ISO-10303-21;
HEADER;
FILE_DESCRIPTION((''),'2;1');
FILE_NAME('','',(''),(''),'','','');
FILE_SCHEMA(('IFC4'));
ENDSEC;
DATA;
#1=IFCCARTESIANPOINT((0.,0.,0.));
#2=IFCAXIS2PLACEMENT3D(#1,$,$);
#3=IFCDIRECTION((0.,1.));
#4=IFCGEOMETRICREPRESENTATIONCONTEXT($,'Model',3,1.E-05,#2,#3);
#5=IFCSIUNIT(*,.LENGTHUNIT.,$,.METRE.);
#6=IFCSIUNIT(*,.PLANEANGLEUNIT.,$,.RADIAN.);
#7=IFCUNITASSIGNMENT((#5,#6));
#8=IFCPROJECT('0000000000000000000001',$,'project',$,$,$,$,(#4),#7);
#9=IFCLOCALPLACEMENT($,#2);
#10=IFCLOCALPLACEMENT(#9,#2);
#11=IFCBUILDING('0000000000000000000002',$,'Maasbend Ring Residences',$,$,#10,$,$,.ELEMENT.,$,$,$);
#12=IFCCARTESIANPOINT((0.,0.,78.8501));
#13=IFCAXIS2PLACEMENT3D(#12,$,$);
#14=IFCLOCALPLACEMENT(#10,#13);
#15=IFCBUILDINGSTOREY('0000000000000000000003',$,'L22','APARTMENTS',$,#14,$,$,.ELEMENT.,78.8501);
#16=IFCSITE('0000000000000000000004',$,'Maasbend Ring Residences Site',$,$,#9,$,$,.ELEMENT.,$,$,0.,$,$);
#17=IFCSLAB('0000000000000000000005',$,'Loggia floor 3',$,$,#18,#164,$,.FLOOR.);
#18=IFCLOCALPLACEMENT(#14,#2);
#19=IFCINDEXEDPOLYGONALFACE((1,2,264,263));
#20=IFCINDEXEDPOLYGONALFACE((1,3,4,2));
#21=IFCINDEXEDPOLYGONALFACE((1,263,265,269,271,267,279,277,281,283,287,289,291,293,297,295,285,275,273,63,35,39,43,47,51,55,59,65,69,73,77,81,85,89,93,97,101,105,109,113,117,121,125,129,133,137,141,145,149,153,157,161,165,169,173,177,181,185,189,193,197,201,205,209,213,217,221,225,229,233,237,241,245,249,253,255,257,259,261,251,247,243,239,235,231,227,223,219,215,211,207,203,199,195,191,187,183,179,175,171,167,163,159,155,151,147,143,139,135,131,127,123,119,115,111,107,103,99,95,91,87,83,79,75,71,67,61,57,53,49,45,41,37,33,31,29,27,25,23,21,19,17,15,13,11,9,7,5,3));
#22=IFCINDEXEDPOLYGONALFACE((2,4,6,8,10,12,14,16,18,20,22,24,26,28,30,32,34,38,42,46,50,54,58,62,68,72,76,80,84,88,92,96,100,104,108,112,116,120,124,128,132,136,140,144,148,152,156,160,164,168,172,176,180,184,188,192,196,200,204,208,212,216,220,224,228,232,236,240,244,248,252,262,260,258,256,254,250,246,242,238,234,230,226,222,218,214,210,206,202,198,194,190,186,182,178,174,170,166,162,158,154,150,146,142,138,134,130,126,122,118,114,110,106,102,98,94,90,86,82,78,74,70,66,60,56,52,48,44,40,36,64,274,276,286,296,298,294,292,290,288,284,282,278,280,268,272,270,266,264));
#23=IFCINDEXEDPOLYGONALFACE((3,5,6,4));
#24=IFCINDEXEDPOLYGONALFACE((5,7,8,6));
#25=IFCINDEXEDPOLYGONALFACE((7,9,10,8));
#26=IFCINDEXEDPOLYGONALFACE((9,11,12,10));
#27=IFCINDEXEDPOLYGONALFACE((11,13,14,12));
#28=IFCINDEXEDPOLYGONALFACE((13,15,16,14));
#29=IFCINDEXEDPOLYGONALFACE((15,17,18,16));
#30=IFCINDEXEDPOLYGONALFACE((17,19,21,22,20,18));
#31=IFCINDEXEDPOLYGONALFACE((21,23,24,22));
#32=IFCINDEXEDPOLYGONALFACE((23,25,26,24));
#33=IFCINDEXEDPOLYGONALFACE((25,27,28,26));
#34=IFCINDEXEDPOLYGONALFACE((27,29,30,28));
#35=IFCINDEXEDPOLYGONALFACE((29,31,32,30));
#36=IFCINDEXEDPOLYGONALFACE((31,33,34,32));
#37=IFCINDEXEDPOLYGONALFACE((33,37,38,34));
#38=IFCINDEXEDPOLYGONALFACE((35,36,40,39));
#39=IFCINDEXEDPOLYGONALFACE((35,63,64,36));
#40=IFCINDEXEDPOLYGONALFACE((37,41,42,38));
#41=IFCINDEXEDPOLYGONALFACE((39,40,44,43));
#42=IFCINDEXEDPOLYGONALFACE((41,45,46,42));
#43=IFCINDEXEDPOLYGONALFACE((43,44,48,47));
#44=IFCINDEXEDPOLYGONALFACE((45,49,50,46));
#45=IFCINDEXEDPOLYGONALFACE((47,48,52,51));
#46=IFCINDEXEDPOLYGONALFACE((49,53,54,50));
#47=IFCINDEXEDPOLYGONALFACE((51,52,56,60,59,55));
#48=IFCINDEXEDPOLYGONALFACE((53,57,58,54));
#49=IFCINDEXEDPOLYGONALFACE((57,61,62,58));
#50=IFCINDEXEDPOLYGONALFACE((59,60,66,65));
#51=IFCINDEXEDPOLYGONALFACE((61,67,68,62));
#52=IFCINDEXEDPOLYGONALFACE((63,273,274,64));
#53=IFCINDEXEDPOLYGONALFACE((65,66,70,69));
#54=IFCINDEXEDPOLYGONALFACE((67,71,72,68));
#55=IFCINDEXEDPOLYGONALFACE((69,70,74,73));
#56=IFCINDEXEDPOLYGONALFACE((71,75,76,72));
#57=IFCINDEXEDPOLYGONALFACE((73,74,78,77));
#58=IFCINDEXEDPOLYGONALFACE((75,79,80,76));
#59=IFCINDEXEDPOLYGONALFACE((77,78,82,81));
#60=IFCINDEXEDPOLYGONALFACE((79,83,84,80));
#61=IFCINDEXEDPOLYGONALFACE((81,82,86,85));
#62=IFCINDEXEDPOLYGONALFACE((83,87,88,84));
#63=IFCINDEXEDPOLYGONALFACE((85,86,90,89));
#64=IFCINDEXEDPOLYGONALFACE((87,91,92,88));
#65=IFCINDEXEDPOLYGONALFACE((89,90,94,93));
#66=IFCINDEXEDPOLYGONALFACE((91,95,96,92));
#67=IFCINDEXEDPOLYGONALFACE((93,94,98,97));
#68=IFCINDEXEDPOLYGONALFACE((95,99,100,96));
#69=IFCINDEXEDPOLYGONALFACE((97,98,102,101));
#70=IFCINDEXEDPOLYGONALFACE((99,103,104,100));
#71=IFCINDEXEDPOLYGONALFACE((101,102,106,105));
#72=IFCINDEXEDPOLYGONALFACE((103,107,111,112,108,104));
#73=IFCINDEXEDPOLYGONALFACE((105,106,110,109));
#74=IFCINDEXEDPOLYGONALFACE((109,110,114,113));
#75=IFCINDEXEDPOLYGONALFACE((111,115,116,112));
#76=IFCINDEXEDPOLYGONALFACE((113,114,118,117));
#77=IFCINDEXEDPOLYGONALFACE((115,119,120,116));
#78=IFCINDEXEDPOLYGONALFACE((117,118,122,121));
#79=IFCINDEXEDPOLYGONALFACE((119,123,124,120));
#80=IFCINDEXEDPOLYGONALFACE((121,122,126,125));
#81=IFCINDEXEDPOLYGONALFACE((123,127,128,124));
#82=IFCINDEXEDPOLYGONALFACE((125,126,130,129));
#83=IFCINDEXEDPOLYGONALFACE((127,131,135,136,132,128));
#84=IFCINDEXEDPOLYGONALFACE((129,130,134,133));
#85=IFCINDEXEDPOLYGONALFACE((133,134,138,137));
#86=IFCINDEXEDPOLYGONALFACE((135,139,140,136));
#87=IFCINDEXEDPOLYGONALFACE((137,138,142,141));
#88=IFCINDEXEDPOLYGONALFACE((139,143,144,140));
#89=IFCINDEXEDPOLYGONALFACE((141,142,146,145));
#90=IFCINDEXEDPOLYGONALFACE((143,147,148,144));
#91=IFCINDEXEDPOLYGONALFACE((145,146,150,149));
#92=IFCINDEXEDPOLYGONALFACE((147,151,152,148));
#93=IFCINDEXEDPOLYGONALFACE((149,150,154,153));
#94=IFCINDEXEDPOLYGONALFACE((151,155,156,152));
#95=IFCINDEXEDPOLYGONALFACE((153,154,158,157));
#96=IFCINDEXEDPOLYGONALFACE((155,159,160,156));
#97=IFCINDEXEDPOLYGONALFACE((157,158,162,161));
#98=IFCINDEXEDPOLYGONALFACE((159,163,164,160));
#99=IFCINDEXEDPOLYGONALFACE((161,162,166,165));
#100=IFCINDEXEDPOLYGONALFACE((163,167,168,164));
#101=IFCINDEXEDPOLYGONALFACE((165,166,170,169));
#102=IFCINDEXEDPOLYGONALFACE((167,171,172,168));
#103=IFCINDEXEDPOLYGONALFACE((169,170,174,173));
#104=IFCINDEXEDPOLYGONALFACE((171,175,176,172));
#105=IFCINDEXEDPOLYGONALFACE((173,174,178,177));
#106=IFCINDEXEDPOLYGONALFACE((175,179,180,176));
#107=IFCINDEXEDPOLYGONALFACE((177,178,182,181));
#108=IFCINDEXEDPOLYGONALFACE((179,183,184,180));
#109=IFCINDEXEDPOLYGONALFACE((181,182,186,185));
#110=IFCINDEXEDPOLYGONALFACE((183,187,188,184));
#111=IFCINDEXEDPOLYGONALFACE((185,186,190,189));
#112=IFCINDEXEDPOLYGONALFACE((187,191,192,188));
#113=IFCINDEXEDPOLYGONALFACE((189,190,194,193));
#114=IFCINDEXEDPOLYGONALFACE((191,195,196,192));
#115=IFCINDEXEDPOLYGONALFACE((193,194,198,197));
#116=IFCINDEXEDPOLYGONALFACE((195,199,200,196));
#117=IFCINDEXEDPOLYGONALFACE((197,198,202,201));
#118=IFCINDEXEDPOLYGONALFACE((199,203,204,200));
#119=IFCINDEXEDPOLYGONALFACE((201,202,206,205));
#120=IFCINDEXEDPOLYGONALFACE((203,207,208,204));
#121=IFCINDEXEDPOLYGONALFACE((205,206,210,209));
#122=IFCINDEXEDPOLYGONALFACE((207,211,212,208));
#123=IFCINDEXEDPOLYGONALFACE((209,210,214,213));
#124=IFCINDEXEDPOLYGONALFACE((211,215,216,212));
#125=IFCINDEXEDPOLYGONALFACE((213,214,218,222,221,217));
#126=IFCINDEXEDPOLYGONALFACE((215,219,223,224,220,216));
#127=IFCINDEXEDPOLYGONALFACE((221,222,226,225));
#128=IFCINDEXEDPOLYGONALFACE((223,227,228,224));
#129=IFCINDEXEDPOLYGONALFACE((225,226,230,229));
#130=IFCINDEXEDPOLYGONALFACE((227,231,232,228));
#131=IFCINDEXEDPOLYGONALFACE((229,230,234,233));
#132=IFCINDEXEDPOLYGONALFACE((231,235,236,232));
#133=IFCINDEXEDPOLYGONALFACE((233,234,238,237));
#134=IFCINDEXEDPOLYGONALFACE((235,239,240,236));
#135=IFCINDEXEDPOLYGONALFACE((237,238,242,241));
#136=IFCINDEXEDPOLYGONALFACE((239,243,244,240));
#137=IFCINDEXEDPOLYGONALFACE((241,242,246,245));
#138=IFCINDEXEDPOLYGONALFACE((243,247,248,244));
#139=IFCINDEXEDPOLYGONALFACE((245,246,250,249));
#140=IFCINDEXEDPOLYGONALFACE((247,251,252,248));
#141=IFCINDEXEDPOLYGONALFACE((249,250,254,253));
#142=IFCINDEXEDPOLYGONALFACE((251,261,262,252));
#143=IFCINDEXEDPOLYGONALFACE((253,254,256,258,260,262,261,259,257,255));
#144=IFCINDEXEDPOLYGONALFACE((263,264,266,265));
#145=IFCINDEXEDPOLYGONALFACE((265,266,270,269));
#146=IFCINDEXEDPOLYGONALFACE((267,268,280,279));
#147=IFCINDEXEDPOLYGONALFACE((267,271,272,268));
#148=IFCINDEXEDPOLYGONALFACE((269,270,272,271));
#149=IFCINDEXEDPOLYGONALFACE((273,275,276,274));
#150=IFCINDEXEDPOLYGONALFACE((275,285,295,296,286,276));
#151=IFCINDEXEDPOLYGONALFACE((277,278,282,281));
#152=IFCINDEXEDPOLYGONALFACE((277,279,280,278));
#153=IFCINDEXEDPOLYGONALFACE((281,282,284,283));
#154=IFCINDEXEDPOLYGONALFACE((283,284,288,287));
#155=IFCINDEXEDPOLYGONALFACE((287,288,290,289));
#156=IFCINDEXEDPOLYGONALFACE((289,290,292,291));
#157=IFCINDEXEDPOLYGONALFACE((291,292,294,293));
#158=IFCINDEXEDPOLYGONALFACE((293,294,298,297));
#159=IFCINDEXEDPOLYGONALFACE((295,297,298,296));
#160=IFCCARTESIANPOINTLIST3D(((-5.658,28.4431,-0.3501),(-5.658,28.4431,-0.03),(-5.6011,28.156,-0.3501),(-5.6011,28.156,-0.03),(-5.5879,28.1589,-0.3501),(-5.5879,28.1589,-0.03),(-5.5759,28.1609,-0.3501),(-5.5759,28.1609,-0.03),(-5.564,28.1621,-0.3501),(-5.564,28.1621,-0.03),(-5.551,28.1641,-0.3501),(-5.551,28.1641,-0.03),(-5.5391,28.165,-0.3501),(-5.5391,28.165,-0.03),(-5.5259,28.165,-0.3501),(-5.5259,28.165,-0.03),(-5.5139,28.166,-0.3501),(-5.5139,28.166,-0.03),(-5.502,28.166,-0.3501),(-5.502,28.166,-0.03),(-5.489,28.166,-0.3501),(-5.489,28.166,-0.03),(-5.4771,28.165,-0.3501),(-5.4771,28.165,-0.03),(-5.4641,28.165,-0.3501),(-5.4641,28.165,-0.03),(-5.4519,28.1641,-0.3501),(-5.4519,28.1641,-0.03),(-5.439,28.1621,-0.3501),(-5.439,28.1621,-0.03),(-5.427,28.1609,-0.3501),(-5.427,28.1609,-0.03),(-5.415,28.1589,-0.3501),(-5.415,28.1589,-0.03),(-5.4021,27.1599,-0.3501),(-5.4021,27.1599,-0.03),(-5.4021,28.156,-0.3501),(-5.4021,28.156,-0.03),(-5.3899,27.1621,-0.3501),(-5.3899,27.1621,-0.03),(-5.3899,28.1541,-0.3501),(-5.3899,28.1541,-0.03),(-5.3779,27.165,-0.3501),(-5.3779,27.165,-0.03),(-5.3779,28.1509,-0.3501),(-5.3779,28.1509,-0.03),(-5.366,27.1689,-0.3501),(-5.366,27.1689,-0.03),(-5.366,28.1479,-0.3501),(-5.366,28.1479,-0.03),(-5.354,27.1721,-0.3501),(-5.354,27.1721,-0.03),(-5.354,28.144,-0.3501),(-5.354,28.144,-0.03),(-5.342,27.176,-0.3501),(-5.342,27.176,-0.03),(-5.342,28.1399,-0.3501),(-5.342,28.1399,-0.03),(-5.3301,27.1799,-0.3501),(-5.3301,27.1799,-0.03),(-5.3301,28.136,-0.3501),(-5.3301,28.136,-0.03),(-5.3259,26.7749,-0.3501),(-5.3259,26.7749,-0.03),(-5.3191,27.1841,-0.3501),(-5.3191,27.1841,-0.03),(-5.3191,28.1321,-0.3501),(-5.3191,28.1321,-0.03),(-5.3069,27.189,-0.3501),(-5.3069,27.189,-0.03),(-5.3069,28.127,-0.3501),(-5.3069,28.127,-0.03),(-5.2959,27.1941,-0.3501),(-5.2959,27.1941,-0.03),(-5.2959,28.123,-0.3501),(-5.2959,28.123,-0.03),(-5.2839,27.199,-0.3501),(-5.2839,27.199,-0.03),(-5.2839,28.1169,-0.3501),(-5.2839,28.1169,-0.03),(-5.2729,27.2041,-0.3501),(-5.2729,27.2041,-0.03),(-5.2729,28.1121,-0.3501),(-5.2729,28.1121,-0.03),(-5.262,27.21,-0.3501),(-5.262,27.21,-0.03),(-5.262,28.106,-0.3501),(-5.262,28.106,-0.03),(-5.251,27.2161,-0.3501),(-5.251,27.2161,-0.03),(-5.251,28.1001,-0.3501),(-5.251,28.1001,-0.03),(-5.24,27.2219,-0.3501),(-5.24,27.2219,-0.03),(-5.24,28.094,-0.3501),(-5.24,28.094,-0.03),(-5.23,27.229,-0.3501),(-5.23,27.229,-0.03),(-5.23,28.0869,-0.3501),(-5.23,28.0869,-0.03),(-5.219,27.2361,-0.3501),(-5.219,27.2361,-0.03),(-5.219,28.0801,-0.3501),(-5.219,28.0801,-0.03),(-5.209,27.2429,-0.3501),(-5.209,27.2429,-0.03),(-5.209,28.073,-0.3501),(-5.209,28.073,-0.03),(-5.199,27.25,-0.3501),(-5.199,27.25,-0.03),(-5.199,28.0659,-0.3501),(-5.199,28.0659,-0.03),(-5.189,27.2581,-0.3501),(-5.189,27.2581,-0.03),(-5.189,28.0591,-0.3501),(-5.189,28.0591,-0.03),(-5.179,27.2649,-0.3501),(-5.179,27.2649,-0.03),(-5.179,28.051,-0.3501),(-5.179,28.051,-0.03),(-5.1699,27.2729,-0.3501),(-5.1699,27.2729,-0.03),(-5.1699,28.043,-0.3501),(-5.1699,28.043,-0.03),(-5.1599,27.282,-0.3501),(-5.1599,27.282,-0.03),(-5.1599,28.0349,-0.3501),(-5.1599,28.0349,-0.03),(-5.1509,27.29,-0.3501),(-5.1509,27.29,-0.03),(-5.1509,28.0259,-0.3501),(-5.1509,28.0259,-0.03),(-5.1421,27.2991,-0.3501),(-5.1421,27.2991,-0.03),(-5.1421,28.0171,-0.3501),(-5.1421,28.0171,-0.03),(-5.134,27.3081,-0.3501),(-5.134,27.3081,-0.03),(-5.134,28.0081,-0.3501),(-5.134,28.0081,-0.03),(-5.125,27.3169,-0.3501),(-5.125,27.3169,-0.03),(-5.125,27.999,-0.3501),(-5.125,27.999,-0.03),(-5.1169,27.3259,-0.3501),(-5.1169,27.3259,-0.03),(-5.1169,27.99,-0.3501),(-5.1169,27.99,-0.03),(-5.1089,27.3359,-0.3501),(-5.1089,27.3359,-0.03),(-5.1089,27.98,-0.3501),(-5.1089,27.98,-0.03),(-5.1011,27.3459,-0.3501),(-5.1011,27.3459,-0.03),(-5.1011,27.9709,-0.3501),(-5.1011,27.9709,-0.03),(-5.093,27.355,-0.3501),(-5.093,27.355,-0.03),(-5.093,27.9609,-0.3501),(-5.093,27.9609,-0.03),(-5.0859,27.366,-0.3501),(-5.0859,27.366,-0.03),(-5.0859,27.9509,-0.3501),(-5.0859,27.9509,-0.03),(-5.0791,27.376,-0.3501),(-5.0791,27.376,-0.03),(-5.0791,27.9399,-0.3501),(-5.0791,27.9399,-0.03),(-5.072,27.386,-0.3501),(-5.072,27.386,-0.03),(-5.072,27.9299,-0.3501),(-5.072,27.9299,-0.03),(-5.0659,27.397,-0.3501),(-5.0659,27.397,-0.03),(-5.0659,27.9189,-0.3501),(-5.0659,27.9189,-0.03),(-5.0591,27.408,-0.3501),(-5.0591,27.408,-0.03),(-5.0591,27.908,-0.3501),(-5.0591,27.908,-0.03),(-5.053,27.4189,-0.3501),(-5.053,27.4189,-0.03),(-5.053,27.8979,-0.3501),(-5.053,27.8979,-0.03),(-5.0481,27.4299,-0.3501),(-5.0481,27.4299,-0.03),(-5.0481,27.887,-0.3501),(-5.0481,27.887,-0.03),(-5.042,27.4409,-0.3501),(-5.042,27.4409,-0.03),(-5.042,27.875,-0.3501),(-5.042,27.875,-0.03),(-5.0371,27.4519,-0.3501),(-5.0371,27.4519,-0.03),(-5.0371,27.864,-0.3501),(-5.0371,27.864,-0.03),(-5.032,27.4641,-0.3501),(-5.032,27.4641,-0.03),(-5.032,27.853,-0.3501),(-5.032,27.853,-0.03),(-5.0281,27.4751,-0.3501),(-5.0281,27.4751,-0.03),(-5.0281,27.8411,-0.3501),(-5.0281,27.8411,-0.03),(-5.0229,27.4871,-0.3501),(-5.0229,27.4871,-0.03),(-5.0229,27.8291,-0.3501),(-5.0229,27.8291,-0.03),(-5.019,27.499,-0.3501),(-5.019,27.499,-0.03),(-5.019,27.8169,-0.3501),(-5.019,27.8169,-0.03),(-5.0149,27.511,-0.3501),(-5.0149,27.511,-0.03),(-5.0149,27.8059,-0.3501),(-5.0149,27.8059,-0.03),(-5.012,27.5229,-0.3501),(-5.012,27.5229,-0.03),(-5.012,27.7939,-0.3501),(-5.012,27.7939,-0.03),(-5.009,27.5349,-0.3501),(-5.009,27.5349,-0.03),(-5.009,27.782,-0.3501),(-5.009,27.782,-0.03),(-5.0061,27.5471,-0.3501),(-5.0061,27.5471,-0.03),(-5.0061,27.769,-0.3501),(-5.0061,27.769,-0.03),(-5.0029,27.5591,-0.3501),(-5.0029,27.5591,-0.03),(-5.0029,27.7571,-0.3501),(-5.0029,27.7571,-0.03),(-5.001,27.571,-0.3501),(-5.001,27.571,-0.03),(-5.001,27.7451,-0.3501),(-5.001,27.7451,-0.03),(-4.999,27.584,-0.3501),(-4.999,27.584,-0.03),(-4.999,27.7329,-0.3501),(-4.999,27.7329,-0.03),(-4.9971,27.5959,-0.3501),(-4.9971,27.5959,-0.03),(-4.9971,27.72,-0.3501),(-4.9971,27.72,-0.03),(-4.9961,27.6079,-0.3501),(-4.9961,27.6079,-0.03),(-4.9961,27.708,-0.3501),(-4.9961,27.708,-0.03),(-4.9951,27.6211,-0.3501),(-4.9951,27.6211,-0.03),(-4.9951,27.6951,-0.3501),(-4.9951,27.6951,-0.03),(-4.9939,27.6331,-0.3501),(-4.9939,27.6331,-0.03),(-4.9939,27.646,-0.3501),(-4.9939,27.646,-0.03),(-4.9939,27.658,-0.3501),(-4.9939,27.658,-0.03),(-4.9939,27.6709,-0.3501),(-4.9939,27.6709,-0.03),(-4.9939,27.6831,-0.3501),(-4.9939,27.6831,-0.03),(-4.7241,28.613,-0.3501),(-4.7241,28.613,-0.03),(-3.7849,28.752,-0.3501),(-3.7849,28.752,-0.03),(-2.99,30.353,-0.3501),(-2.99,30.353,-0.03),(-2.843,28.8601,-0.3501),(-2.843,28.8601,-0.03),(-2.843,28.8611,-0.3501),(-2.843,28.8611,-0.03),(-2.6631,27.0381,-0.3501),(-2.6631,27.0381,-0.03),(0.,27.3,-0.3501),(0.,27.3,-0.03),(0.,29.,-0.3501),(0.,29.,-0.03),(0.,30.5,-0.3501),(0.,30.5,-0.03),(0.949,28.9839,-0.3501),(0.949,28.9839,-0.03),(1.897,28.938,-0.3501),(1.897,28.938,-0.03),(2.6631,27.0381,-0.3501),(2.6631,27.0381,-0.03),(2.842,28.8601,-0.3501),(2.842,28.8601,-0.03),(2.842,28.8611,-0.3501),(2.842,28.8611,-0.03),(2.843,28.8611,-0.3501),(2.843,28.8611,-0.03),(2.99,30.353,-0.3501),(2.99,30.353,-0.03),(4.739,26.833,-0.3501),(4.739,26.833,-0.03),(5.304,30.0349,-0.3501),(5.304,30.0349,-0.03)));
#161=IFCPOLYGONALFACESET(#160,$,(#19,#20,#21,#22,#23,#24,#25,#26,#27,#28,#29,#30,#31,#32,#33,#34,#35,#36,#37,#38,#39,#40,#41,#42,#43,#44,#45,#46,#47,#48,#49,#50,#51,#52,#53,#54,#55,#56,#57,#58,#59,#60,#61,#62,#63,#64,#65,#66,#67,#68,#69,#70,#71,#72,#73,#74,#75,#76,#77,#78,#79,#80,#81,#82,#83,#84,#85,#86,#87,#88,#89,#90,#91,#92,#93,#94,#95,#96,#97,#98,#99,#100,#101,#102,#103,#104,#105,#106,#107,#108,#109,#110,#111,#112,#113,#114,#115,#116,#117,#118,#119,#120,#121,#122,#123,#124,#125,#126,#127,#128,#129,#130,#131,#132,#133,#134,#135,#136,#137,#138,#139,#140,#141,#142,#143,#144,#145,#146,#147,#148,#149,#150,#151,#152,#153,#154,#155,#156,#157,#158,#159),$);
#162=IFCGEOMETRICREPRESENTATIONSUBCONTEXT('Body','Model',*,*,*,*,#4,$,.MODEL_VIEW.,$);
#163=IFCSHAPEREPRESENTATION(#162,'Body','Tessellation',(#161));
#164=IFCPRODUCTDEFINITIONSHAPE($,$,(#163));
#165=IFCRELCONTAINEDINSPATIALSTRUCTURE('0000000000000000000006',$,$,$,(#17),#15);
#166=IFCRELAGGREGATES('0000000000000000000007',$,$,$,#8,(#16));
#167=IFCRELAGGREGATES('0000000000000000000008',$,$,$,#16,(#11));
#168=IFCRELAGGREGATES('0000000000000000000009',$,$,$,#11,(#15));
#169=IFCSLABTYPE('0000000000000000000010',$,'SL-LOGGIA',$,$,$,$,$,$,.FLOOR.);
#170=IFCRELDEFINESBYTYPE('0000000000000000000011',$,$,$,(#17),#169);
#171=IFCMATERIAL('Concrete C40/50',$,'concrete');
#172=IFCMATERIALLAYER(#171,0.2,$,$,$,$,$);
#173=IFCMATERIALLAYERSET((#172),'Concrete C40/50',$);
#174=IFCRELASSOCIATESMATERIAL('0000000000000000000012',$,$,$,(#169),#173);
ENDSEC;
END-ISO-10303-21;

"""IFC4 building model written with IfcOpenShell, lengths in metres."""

from ifc_helpers import new_model, si_unit, direction, frame, origin, place, context, subcontext, project, spatial, polyline, outline, extrude, material, layer, layer_set, type_object, element, save


model = new_model("IFC4")

# Units and contexts
model_context = context("Model", 3, precision=1e-05, world=origin(), true_north=direction((0.0, 1.0)))
body_context = subcontext(model_context, "Body", "Model", "MODEL_VIEW")
ifc_project = project(units=[si_unit("LENGTHUNIT", "METRE"), si_unit("PLANEANGLEUNIT", "RADIAN")], contexts=[model_context])

# Site, building, storey
site_placement = place(None, origin())
site = spatial("IfcSite", under=ifc_project, at=site_placement, Name="Maasbend Ring Residences Site", CompositionType="ELEMENT", RefElevation=0.0)
building_placement = place(site_placement, origin())
building = spatial("IfcBuilding", under=site, at=building_placement, Name="Maasbend Ring Residences", CompositionType="ELEMENT")
storey_placement = place(building_placement, frame((0.0, 0.0, 78.8501)))
storey = spatial("IfcBuildingStorey", under=building, at=storey_placement, Name="L22", Description="APARTMENTS", CompositionType="ELEMENT", Elevation=78.8501)

# Slab
ifc_material_1 = material(Name="Concrete C40/50", Category="concrete")
ifc_layer_1 = layer(ifc_material_1, 0.2)
ifc_layer_set_1 = layer_set([ifc_layer_1], Name="Concrete C40/50")
slab_type_1 = type_object("IfcSlabType", Name="SL-LOGGIA", PredefinedType="FLOOR", material=ifc_layer_set_1)
slab_1_placement = place(storey_placement, frame((0.0, 0.0, -0.3501)))
element("IfcSlab", 1, at=slab_1_placement, inside=storey, type_object=slab_type_1, Name="Loggia floor 3", PredefinedType="FLOOR", context=body_context, shape_type="SweptSolid", body=[
    extrude(outline(polyline([(-3.7849, 28.752), (-2.843, 28.8601), (-2.843, 28.8601), (-2.843, 28.8601), (-2.843, 28.8601), (-2.843, 28.8601), (-2.843, 28.8601), (-2.843, 28.8601), (-2.843, 28.8601), (-2.843, 28.8601), (-2.843, 28.8611), (-2.843, 28.8611), (-2.843, 28.8611), (-2.843, 28.8611), (-2.843, 28.8611), (-2.843, 28.8611), (-2.843, 28.8611), (-2.843, 28.8611), (-2.99, 30.353), (-2.99, 30.353), (-2.99, 30.353), (0.0, 30.5), (0.0, 30.5), (0.0, 30.5), (0.0, 29.0), (0.0, 29.0), (0.0, 29.0), (0.0, 29.0), (0.0, 29.0), (0.0, 29.0), (0.0, 29.0), (0.0, 29.0), (0.0, 29.0), (0.0, 29.0), (0.0, 29.0), (0.0, 29.0), (0.0, 29.0), (0.0, 29.0), (0.0, 29.0), (0.0, 29.0), (0.0, 29.0), (0.949, 28.9839), (0.949, 28.9839), (1.897, 28.938), (1.897, 28.938), (2.842, 28.8601), (2.842, 28.8601), (2.842, 28.8601), (2.842, 28.8601), (2.842, 28.8601), (2.842, 28.8601), (2.842, 28.8601), (2.842, 28.8601), (2.842, 28.8611), (2.842, 28.8611), (2.842, 28.8611), (2.842, 28.8611), (2.842, 28.8611), (2.843, 28.8611), (2.843, 28.8611), (2.843, 28.8611), (2.843, 28.8611), (2.99, 30.353), (2.99, 30.353), (2.99, 30.353), (5.304, 30.0349), (5.304, 30.0349), (5.304, 30.0349), (4.739, 26.833), (4.739, 26.833), (4.739, 26.833), (2.6631, 27.0381), (0.0, 27.3), (0.0, 27.3), (0.0, 27.3), (-2.6631, 27.0381), (-5.3259, 26.7749), (-5.3259, 26.7749), (-5.3259, 26.7749), (-5.4021, 27.1599), (-5.4021, 27.1599), (-5.3899, 27.1621), (-5.3779, 27.165), (-5.366, 27.1689), (-5.354, 27.1721), (-5.342, 27.176), (-5.3301, 27.1799), (-5.3191, 27.1841), (-5.3069, 27.189), (-5.2959, 27.1941), (-5.2839, 27.199), (-5.2729, 27.2041), (-5.262, 27.21), (-5.251, 27.2161), (-5.24, 27.2219), (-5.23, 27.229), (-5.219, 27.2361), (-5.209, 27.2429), (-5.199, 27.25), (-5.189, 27.2581), (-5.179, 27.2649), (-5.1699, 27.2729), (-5.1599, 27.282), (-5.1509, 27.29), (-5.1421, 27.2991), (-5.134, 27.3081), (-5.125, 27.3169), (-5.1169, 27.3259), (-5.1089, 27.3359), (-5.1011, 27.3459), (-5.093, 27.355), (-5.0859, 27.366), (-5.0791, 27.376), (-5.072, 27.386), (-5.0659, 27.397), (-5.0591, 27.408), (-5.053, 27.4189), (-5.0481, 27.4299), (-5.042, 27.4409), (-5.0371, 27.4519), (-5.032, 27.4641), (-5.0281, 27.4751), (-5.0229, 27.4871), (-5.019, 27.499), (-5.0149, 27.511), (-5.012, 27.5229), (-5.009, 27.5349), (-5.0061, 27.5471), (-5.0029, 27.5591), (-5.001, 27.571), (-4.999, 27.584), (-4.9971, 27.5959), (-4.9961, 27.6079), (-4.9951, 27.6211), (-4.9939, 27.6331), (-4.9939, 27.646), (-4.9939, 27.658), (-4.9939, 27.6709), (-4.9939, 27.6831), (-4.9951, 27.6951), (-4.9961, 27.708), (-4.9971, 27.72), (-4.999, 27.7329), (-5.001, 27.7451), (-5.0029, 27.7571), (-5.0061, 27.769), (-5.009, 27.782), (-5.012, 27.7939), (-5.0149, 27.8059), (-5.019, 27.8169), (-5.0229, 27.8291), (-5.0281, 27.8411), (-5.032, 27.853), (-5.0371, 27.864), (-5.042, 27.875), (-5.0481, 27.887), (-5.053, 27.8979), (-5.0591, 27.908), (-5.0659, 27.9189), (-5.072, 27.9299), (-5.0791, 27.9399), (-5.0859, 27.9509), (-5.093, 27.9609), (-5.1011, 27.9709), (-5.1089, 27.98), (-5.1169, 27.99), (-5.125, 27.999), (-5.134, 28.0081), (-5.1421, 28.0171), (-5.1509, 28.0259), (-5.1599, 28.0349), (-5.1699, 28.043), (-5.179, 28.051), (-5.189, 28.0591), (-5.199, 28.0659), (-5.209, 28.073), (-5.219, 28.0801), (-5.23, 28.0869), (-5.24, 28.094), (-5.251, 28.1001), (-5.262, 28.106), (-5.2729, 28.1121), (-5.2839, 28.1169), (-5.2959, 28.123), (-5.3069, 28.127), (-5.3191, 28.1321), (-5.3301, 28.136), (-5.342, 28.1399), (-5.354, 28.144), (-5.366, 28.1479), (-5.3779, 28.1509), (-5.3899, 28.1541), (-5.4021, 28.156), (-5.415, 28.1589), (-5.427, 28.1609), (-5.439, 28.1621), (-5.4519, 28.1641), (-5.4641, 28.165), (-5.4771, 28.165), (-5.489, 28.166), (-5.502, 28.166), (-5.5139, 28.166), (-5.5259, 28.165), (-5.5391, 28.165), (-5.551, 28.1641), (-5.564, 28.1621), (-5.5759, 28.1609), (-5.5879, 28.1589), (-5.6011, 28.156), (-5.6011, 28.156), (-5.658, 28.4431), (-5.658, 28.4431), (-5.658, 28.4431), (-4.7241, 28.613), (-4.7241, 28.613), (-3.7849, 28.752), (-3.7849, 28.752)])), origin(), (0.0, 0.0, 1.0), 0.3201),
])

save(model, "model.ifc")
